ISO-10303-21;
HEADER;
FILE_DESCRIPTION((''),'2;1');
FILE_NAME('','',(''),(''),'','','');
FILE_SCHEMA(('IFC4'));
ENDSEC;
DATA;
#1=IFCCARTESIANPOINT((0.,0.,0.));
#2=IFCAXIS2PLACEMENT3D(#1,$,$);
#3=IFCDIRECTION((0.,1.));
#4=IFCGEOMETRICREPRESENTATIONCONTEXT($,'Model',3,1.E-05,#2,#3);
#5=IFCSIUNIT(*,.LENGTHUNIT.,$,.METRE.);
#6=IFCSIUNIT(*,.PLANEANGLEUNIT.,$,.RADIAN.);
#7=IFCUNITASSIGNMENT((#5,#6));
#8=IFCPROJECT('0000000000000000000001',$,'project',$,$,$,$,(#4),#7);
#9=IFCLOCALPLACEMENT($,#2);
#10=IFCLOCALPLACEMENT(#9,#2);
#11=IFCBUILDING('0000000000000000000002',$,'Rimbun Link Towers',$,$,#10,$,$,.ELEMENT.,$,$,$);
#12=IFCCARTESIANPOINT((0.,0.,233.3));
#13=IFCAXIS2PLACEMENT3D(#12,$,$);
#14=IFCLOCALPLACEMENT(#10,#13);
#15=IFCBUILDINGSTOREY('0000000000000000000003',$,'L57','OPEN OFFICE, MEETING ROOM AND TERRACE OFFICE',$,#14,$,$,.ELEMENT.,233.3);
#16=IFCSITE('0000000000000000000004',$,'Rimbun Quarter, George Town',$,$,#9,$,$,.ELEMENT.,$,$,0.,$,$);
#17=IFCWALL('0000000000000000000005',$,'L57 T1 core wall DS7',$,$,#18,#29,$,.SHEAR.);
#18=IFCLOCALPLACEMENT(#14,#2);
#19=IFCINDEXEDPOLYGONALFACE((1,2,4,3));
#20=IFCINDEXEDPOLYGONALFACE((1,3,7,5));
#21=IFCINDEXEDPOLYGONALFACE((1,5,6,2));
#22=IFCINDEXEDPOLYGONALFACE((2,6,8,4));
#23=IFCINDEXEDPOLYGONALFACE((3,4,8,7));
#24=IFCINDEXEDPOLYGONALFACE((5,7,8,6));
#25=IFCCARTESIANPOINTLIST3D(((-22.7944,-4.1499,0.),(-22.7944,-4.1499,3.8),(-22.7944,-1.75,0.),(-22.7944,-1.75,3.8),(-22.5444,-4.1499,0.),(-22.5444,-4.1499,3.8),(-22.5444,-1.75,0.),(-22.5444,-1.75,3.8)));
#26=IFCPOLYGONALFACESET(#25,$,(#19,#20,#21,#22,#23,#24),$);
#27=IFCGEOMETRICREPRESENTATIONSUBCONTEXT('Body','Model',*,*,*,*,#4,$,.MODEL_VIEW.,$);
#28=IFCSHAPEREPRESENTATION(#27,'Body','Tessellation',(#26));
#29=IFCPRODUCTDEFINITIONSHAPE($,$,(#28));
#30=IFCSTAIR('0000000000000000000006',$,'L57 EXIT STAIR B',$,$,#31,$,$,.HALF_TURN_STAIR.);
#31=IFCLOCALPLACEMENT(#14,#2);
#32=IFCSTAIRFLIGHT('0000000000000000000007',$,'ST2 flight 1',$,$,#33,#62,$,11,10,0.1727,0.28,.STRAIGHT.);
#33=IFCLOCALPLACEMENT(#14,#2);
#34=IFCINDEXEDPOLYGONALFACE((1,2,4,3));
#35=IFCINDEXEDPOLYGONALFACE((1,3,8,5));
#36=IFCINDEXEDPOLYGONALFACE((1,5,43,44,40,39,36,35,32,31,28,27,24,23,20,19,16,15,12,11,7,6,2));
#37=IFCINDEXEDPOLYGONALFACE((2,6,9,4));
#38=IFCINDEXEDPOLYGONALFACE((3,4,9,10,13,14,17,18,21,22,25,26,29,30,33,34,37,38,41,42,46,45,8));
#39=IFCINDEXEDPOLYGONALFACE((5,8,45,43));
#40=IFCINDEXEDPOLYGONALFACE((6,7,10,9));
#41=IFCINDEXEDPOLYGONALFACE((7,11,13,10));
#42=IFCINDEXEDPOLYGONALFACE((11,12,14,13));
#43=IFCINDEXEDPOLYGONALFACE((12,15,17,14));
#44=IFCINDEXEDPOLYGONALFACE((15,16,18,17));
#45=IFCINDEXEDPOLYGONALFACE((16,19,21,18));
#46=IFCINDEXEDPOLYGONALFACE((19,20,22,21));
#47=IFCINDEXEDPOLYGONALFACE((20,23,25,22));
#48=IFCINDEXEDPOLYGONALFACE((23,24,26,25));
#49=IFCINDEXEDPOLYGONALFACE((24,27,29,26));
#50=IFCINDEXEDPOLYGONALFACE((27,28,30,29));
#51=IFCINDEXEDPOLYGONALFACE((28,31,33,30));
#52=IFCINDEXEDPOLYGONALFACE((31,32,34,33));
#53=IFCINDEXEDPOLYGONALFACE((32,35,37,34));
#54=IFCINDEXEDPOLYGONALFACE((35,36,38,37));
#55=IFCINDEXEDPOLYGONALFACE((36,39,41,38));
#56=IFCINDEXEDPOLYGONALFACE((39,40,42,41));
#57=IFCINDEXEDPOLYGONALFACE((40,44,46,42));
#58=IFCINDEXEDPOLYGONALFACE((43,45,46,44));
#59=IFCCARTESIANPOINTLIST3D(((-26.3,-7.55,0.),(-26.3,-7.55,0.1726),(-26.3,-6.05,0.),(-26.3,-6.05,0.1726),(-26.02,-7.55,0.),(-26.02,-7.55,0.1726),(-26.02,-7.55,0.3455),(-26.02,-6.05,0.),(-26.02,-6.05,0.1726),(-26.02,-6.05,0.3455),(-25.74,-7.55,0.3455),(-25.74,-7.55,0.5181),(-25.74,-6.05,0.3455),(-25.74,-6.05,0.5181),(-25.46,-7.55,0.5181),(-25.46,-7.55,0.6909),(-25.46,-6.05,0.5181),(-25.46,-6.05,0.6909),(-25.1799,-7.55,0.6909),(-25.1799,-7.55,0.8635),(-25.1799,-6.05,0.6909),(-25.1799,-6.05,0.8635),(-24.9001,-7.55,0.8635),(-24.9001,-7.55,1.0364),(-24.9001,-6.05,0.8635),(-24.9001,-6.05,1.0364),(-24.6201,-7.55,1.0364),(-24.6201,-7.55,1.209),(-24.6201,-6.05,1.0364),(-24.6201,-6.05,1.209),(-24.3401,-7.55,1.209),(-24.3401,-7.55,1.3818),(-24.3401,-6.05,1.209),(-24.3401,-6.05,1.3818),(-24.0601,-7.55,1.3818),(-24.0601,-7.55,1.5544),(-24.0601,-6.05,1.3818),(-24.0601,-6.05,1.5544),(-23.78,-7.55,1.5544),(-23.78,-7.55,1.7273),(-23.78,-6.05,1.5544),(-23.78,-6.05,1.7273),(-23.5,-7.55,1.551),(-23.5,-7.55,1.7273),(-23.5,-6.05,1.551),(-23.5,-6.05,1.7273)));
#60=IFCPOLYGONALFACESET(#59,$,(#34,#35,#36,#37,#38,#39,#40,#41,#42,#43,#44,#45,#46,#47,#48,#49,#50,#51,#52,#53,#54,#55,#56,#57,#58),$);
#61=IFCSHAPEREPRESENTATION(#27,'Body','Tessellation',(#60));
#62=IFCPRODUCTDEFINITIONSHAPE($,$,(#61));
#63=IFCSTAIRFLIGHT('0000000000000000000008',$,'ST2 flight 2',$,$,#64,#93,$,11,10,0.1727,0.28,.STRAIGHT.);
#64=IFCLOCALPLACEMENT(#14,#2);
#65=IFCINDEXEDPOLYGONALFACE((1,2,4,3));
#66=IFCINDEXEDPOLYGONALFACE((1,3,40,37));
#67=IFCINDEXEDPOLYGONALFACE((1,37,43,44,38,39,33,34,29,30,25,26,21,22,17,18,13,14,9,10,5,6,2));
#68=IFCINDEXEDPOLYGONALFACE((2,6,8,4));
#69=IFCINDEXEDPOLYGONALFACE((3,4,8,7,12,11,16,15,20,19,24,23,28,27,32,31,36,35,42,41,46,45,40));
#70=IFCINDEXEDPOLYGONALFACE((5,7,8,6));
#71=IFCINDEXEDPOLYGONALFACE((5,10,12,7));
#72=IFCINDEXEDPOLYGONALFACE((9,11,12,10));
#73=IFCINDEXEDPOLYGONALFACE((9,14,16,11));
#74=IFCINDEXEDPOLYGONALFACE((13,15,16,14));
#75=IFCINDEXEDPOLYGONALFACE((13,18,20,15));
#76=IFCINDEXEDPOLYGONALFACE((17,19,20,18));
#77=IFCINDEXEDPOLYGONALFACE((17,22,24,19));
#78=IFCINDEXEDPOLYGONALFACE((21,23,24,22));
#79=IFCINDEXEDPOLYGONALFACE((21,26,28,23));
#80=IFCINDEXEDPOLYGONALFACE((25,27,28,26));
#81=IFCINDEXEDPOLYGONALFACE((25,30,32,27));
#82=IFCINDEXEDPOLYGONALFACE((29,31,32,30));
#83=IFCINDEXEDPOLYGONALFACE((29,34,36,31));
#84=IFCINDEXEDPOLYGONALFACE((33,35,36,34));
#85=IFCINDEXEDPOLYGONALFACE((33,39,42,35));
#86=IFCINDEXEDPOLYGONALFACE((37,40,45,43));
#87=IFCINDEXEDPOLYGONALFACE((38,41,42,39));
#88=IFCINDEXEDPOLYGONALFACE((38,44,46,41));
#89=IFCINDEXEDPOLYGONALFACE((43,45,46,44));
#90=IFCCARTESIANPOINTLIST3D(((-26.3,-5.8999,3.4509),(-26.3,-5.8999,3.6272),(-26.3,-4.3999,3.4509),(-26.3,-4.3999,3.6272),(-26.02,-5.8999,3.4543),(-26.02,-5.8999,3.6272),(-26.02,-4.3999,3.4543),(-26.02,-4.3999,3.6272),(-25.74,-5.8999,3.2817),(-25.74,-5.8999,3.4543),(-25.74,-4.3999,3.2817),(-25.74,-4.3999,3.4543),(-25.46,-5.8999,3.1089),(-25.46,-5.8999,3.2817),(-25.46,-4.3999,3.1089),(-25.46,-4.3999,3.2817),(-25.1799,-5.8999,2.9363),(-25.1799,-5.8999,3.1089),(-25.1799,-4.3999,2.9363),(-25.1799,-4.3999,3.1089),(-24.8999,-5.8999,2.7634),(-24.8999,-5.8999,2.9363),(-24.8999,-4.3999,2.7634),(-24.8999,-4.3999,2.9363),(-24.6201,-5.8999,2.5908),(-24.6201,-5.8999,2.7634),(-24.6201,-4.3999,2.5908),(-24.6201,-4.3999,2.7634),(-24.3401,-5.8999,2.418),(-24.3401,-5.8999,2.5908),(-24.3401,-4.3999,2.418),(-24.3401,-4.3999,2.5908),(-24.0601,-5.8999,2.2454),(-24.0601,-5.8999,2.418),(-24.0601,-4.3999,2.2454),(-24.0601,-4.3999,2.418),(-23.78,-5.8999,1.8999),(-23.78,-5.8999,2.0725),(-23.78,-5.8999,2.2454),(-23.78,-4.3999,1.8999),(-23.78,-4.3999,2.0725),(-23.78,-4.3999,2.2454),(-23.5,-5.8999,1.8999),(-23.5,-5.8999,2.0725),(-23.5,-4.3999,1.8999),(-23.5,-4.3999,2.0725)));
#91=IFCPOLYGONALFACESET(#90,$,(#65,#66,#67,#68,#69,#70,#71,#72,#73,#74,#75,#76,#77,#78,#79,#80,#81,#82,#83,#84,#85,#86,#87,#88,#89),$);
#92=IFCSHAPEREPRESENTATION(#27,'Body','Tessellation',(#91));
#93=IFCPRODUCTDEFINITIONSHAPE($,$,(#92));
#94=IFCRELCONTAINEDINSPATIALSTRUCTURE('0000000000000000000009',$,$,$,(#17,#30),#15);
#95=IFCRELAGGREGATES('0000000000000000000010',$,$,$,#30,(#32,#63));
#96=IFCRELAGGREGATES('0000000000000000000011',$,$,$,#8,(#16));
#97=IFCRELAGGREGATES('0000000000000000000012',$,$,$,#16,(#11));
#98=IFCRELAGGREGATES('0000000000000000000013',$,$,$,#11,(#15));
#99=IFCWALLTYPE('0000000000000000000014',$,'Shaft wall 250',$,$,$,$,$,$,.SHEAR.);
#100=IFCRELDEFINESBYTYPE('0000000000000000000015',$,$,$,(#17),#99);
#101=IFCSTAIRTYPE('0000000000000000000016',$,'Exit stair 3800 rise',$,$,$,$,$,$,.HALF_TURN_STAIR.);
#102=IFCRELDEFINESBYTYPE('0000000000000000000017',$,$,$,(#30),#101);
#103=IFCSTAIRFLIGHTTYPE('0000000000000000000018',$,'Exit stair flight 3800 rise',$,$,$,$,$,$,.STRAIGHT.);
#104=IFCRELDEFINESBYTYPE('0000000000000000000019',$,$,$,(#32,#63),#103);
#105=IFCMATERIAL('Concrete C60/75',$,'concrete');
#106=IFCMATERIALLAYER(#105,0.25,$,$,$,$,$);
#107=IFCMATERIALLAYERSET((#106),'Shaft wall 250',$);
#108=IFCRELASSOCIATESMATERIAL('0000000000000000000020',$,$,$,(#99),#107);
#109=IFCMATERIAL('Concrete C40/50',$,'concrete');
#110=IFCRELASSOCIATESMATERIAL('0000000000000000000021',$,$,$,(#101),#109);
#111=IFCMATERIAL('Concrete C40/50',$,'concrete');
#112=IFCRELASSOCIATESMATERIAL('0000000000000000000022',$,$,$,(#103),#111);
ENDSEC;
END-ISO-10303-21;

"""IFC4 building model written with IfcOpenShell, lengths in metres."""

from ifc_helpers import new_model, si_unit, direction, frame, frame_2d, origin, place, context, subcontext, project, spatial, polyline, rectangle, outline, extrude, material, layer, layer_set, type_object, element, aggregate, save


model = new_model("IFC4")

# Units and contexts
model_context = context("Model", 3, precision=1e-05, world=origin(), true_north=direction((0.0, 1.0)))
body_context = subcontext(model_context, "Body", "Model", "MODEL_VIEW")
ifc_project = project(units=[si_unit("LENGTHUNIT", "METRE"), si_unit("PLANEANGLEUNIT", "RADIAN")], contexts=[model_context])

# Site, building, storey
site_placement = place(None, origin())
site = spatial("IfcSite", under=ifc_project, at=site_placement, Name="Rimbun Quarter, George Town", CompositionType="ELEMENT", RefElevation=0.0)
building_placement = place(site_placement, origin())
building = spatial("IfcBuilding", under=site, at=building_placement, Name="Rimbun Link Towers", CompositionType="ELEMENT")
storey_placement = place(building_placement, frame((0.0, 0.0, 233.3)))
storey = spatial("IfcBuildingStorey", under=building, at=storey_placement, Name="L57", Description="OPEN OFFICE, MEETING ROOM AND TERRACE OFFICE", CompositionType="ELEMENT", Elevation=233.3)

# Wall
ifc_material_1 = material(Name="Concrete C60/75", Category="concrete")
ifc_layer_1 = layer(ifc_material_1, 0.25)
ifc_layer_set_1 = layer_set([ifc_layer_1], Name="Shaft wall 250")
wall_type_1 = type_object("IfcWallType", Name="Shaft wall 250", PredefinedType="SHEAR", material=ifc_layer_set_1)
for number, where, z_axis, x_axis, name in (
    (1, (-22.6694, -4.1499, 0.0), (0.0, 0.0, 1.0), (0.0, 1.0, 0.0), "L57 T1 core wall DS7"),
):
    element("IfcWall", number, at=place(storey_placement, frame(where, z_axis=z_axis, x_axis=x_axis)), inside=storey, type_object=wall_type_1, Name=name, PredefinedType="SHEAR", context=body_context, shape_type="SweptSolid", body=[
        extrude(rectangle(XDim=2.3999, YDim=0.25, at=frame_2d((1.2, 0.0))), origin(), (0.0, 0.0, 1.0), 3.8),
    ])

# Stair, stair flights
ifc_material_2 = material(Name="Concrete C40/50", Category="concrete")
stair_type = type_object("IfcStairType", Name="Exit stair 3800 rise", PredefinedType="HALF_TURN_STAIR", material=ifc_material_2)
stair_placement = place(storey_placement, origin())
stair = element("IfcStair", 2, at=stair_placement, inside=storey, type_object=stair_type, Name="L57 EXIT STAIR B", PredefinedType="HALF_TURN_STAIR")
ifc_material_3 = material(Name="Concrete C40/50", Category="concrete")
stair_flight_type = type_object("IfcStairFlightType", Name="Exit stair flight 3800 rise", PredefinedType="STRAIGHT", material=ifc_material_3)
stair_flight_1_placement = place(storey_placement, frame((-26.3, -6.8, 0.0), z_axis=(0.0, 0.0, 1.0), x_axis=(1.0, 0.0, 0.0)))
stair_flight_1 = element("IfcStairFlight", 3, at=stair_flight_1_placement, type_object=stair_flight_type, Name="ST2 flight 1", NumberOfRisers=11, NumberOfTreads=10, PredefinedType="STRAIGHT", RiserHeight=0.1727, TreadLength=0.28, context=body_context, shape_type="SweptSolid", body=[
    extrude(outline(polyline([(0.0, 0.0), (0.0, 0.1726), (0.28, 0.1726), (0.28, 0.3455), (0.5601, 0.3455), (0.5601, 0.5181), (0.8401, 0.5181), (0.8401, 0.6909), (1.1201, 0.6909), (1.1201, 0.8635), (1.3999, 0.8635), (1.3999, 1.0364), (1.6799, 1.0364), (1.6799, 1.209), (1.96, 1.209), (1.96, 1.3818), (2.24, 1.3818), (2.24, 1.5544), (2.52, 1.5544), (2.52, 1.7273), (2.8, 1.7273), (2.8, 1.8999), (2.8, 1.551), (0.28, 0.0), (0.0, 0.0)])), frame((0.0, 0.75, 0.0), z_axis=(0.0, -1.0, 0.0), x_axis=(1.0, 0.0, 0.0)), (0.0, 0.0, 1.0), 1.5),
])
stair_flight_2_placement = place(storey_placement, frame((-23.5, -5.1499, 1.8999), z_axis=(0.0, 0.0, 1.0), x_axis=(-1.0, 0.0, 0.0)))
stair_flight_2 = element("IfcStairFlight", 4, at=stair_flight_2_placement, type_object=stair_flight_type, Name="ST2 flight 2", NumberOfRisers=11, NumberOfTreads=10, PredefinedType="STRAIGHT", RiserHeight=0.1727, TreadLength=0.28, context=body_context, shape_type="SweptSolid", body=[
    extrude(outline(polyline([(0.0, 0.0), (0.0, 0.1726), (0.28, 0.1726), (0.28, 0.3455), (0.5601, 0.3455), (0.5601, 0.5181), (0.8401, 0.5181), (0.8401, 0.6909), (1.1201, 0.6909), (1.1201, 0.8635), (1.3999, 0.8635), (1.3999, 1.0364), (1.6799, 1.0364), (1.6799, 1.209), (1.96, 1.209), (1.96, 1.3818), (2.24, 1.3818), (2.24, 1.5544), (2.52, 1.5544), (2.52, 1.7273), (2.8, 1.7273), (2.8, 1.8999), (2.8, 1.551), (0.28, 0.0), (0.0, 0.0)])), frame((0.0, 0.75, 0.0), z_axis=(0.0, -1.0, 0.0), x_axis=(1.0, 0.0, 0.0)), (0.0, 0.0, 1.0), 1.5),
])
aggregate(stair, [stair_flight_1, stair_flight_2])

save(model, "model.ifc")
